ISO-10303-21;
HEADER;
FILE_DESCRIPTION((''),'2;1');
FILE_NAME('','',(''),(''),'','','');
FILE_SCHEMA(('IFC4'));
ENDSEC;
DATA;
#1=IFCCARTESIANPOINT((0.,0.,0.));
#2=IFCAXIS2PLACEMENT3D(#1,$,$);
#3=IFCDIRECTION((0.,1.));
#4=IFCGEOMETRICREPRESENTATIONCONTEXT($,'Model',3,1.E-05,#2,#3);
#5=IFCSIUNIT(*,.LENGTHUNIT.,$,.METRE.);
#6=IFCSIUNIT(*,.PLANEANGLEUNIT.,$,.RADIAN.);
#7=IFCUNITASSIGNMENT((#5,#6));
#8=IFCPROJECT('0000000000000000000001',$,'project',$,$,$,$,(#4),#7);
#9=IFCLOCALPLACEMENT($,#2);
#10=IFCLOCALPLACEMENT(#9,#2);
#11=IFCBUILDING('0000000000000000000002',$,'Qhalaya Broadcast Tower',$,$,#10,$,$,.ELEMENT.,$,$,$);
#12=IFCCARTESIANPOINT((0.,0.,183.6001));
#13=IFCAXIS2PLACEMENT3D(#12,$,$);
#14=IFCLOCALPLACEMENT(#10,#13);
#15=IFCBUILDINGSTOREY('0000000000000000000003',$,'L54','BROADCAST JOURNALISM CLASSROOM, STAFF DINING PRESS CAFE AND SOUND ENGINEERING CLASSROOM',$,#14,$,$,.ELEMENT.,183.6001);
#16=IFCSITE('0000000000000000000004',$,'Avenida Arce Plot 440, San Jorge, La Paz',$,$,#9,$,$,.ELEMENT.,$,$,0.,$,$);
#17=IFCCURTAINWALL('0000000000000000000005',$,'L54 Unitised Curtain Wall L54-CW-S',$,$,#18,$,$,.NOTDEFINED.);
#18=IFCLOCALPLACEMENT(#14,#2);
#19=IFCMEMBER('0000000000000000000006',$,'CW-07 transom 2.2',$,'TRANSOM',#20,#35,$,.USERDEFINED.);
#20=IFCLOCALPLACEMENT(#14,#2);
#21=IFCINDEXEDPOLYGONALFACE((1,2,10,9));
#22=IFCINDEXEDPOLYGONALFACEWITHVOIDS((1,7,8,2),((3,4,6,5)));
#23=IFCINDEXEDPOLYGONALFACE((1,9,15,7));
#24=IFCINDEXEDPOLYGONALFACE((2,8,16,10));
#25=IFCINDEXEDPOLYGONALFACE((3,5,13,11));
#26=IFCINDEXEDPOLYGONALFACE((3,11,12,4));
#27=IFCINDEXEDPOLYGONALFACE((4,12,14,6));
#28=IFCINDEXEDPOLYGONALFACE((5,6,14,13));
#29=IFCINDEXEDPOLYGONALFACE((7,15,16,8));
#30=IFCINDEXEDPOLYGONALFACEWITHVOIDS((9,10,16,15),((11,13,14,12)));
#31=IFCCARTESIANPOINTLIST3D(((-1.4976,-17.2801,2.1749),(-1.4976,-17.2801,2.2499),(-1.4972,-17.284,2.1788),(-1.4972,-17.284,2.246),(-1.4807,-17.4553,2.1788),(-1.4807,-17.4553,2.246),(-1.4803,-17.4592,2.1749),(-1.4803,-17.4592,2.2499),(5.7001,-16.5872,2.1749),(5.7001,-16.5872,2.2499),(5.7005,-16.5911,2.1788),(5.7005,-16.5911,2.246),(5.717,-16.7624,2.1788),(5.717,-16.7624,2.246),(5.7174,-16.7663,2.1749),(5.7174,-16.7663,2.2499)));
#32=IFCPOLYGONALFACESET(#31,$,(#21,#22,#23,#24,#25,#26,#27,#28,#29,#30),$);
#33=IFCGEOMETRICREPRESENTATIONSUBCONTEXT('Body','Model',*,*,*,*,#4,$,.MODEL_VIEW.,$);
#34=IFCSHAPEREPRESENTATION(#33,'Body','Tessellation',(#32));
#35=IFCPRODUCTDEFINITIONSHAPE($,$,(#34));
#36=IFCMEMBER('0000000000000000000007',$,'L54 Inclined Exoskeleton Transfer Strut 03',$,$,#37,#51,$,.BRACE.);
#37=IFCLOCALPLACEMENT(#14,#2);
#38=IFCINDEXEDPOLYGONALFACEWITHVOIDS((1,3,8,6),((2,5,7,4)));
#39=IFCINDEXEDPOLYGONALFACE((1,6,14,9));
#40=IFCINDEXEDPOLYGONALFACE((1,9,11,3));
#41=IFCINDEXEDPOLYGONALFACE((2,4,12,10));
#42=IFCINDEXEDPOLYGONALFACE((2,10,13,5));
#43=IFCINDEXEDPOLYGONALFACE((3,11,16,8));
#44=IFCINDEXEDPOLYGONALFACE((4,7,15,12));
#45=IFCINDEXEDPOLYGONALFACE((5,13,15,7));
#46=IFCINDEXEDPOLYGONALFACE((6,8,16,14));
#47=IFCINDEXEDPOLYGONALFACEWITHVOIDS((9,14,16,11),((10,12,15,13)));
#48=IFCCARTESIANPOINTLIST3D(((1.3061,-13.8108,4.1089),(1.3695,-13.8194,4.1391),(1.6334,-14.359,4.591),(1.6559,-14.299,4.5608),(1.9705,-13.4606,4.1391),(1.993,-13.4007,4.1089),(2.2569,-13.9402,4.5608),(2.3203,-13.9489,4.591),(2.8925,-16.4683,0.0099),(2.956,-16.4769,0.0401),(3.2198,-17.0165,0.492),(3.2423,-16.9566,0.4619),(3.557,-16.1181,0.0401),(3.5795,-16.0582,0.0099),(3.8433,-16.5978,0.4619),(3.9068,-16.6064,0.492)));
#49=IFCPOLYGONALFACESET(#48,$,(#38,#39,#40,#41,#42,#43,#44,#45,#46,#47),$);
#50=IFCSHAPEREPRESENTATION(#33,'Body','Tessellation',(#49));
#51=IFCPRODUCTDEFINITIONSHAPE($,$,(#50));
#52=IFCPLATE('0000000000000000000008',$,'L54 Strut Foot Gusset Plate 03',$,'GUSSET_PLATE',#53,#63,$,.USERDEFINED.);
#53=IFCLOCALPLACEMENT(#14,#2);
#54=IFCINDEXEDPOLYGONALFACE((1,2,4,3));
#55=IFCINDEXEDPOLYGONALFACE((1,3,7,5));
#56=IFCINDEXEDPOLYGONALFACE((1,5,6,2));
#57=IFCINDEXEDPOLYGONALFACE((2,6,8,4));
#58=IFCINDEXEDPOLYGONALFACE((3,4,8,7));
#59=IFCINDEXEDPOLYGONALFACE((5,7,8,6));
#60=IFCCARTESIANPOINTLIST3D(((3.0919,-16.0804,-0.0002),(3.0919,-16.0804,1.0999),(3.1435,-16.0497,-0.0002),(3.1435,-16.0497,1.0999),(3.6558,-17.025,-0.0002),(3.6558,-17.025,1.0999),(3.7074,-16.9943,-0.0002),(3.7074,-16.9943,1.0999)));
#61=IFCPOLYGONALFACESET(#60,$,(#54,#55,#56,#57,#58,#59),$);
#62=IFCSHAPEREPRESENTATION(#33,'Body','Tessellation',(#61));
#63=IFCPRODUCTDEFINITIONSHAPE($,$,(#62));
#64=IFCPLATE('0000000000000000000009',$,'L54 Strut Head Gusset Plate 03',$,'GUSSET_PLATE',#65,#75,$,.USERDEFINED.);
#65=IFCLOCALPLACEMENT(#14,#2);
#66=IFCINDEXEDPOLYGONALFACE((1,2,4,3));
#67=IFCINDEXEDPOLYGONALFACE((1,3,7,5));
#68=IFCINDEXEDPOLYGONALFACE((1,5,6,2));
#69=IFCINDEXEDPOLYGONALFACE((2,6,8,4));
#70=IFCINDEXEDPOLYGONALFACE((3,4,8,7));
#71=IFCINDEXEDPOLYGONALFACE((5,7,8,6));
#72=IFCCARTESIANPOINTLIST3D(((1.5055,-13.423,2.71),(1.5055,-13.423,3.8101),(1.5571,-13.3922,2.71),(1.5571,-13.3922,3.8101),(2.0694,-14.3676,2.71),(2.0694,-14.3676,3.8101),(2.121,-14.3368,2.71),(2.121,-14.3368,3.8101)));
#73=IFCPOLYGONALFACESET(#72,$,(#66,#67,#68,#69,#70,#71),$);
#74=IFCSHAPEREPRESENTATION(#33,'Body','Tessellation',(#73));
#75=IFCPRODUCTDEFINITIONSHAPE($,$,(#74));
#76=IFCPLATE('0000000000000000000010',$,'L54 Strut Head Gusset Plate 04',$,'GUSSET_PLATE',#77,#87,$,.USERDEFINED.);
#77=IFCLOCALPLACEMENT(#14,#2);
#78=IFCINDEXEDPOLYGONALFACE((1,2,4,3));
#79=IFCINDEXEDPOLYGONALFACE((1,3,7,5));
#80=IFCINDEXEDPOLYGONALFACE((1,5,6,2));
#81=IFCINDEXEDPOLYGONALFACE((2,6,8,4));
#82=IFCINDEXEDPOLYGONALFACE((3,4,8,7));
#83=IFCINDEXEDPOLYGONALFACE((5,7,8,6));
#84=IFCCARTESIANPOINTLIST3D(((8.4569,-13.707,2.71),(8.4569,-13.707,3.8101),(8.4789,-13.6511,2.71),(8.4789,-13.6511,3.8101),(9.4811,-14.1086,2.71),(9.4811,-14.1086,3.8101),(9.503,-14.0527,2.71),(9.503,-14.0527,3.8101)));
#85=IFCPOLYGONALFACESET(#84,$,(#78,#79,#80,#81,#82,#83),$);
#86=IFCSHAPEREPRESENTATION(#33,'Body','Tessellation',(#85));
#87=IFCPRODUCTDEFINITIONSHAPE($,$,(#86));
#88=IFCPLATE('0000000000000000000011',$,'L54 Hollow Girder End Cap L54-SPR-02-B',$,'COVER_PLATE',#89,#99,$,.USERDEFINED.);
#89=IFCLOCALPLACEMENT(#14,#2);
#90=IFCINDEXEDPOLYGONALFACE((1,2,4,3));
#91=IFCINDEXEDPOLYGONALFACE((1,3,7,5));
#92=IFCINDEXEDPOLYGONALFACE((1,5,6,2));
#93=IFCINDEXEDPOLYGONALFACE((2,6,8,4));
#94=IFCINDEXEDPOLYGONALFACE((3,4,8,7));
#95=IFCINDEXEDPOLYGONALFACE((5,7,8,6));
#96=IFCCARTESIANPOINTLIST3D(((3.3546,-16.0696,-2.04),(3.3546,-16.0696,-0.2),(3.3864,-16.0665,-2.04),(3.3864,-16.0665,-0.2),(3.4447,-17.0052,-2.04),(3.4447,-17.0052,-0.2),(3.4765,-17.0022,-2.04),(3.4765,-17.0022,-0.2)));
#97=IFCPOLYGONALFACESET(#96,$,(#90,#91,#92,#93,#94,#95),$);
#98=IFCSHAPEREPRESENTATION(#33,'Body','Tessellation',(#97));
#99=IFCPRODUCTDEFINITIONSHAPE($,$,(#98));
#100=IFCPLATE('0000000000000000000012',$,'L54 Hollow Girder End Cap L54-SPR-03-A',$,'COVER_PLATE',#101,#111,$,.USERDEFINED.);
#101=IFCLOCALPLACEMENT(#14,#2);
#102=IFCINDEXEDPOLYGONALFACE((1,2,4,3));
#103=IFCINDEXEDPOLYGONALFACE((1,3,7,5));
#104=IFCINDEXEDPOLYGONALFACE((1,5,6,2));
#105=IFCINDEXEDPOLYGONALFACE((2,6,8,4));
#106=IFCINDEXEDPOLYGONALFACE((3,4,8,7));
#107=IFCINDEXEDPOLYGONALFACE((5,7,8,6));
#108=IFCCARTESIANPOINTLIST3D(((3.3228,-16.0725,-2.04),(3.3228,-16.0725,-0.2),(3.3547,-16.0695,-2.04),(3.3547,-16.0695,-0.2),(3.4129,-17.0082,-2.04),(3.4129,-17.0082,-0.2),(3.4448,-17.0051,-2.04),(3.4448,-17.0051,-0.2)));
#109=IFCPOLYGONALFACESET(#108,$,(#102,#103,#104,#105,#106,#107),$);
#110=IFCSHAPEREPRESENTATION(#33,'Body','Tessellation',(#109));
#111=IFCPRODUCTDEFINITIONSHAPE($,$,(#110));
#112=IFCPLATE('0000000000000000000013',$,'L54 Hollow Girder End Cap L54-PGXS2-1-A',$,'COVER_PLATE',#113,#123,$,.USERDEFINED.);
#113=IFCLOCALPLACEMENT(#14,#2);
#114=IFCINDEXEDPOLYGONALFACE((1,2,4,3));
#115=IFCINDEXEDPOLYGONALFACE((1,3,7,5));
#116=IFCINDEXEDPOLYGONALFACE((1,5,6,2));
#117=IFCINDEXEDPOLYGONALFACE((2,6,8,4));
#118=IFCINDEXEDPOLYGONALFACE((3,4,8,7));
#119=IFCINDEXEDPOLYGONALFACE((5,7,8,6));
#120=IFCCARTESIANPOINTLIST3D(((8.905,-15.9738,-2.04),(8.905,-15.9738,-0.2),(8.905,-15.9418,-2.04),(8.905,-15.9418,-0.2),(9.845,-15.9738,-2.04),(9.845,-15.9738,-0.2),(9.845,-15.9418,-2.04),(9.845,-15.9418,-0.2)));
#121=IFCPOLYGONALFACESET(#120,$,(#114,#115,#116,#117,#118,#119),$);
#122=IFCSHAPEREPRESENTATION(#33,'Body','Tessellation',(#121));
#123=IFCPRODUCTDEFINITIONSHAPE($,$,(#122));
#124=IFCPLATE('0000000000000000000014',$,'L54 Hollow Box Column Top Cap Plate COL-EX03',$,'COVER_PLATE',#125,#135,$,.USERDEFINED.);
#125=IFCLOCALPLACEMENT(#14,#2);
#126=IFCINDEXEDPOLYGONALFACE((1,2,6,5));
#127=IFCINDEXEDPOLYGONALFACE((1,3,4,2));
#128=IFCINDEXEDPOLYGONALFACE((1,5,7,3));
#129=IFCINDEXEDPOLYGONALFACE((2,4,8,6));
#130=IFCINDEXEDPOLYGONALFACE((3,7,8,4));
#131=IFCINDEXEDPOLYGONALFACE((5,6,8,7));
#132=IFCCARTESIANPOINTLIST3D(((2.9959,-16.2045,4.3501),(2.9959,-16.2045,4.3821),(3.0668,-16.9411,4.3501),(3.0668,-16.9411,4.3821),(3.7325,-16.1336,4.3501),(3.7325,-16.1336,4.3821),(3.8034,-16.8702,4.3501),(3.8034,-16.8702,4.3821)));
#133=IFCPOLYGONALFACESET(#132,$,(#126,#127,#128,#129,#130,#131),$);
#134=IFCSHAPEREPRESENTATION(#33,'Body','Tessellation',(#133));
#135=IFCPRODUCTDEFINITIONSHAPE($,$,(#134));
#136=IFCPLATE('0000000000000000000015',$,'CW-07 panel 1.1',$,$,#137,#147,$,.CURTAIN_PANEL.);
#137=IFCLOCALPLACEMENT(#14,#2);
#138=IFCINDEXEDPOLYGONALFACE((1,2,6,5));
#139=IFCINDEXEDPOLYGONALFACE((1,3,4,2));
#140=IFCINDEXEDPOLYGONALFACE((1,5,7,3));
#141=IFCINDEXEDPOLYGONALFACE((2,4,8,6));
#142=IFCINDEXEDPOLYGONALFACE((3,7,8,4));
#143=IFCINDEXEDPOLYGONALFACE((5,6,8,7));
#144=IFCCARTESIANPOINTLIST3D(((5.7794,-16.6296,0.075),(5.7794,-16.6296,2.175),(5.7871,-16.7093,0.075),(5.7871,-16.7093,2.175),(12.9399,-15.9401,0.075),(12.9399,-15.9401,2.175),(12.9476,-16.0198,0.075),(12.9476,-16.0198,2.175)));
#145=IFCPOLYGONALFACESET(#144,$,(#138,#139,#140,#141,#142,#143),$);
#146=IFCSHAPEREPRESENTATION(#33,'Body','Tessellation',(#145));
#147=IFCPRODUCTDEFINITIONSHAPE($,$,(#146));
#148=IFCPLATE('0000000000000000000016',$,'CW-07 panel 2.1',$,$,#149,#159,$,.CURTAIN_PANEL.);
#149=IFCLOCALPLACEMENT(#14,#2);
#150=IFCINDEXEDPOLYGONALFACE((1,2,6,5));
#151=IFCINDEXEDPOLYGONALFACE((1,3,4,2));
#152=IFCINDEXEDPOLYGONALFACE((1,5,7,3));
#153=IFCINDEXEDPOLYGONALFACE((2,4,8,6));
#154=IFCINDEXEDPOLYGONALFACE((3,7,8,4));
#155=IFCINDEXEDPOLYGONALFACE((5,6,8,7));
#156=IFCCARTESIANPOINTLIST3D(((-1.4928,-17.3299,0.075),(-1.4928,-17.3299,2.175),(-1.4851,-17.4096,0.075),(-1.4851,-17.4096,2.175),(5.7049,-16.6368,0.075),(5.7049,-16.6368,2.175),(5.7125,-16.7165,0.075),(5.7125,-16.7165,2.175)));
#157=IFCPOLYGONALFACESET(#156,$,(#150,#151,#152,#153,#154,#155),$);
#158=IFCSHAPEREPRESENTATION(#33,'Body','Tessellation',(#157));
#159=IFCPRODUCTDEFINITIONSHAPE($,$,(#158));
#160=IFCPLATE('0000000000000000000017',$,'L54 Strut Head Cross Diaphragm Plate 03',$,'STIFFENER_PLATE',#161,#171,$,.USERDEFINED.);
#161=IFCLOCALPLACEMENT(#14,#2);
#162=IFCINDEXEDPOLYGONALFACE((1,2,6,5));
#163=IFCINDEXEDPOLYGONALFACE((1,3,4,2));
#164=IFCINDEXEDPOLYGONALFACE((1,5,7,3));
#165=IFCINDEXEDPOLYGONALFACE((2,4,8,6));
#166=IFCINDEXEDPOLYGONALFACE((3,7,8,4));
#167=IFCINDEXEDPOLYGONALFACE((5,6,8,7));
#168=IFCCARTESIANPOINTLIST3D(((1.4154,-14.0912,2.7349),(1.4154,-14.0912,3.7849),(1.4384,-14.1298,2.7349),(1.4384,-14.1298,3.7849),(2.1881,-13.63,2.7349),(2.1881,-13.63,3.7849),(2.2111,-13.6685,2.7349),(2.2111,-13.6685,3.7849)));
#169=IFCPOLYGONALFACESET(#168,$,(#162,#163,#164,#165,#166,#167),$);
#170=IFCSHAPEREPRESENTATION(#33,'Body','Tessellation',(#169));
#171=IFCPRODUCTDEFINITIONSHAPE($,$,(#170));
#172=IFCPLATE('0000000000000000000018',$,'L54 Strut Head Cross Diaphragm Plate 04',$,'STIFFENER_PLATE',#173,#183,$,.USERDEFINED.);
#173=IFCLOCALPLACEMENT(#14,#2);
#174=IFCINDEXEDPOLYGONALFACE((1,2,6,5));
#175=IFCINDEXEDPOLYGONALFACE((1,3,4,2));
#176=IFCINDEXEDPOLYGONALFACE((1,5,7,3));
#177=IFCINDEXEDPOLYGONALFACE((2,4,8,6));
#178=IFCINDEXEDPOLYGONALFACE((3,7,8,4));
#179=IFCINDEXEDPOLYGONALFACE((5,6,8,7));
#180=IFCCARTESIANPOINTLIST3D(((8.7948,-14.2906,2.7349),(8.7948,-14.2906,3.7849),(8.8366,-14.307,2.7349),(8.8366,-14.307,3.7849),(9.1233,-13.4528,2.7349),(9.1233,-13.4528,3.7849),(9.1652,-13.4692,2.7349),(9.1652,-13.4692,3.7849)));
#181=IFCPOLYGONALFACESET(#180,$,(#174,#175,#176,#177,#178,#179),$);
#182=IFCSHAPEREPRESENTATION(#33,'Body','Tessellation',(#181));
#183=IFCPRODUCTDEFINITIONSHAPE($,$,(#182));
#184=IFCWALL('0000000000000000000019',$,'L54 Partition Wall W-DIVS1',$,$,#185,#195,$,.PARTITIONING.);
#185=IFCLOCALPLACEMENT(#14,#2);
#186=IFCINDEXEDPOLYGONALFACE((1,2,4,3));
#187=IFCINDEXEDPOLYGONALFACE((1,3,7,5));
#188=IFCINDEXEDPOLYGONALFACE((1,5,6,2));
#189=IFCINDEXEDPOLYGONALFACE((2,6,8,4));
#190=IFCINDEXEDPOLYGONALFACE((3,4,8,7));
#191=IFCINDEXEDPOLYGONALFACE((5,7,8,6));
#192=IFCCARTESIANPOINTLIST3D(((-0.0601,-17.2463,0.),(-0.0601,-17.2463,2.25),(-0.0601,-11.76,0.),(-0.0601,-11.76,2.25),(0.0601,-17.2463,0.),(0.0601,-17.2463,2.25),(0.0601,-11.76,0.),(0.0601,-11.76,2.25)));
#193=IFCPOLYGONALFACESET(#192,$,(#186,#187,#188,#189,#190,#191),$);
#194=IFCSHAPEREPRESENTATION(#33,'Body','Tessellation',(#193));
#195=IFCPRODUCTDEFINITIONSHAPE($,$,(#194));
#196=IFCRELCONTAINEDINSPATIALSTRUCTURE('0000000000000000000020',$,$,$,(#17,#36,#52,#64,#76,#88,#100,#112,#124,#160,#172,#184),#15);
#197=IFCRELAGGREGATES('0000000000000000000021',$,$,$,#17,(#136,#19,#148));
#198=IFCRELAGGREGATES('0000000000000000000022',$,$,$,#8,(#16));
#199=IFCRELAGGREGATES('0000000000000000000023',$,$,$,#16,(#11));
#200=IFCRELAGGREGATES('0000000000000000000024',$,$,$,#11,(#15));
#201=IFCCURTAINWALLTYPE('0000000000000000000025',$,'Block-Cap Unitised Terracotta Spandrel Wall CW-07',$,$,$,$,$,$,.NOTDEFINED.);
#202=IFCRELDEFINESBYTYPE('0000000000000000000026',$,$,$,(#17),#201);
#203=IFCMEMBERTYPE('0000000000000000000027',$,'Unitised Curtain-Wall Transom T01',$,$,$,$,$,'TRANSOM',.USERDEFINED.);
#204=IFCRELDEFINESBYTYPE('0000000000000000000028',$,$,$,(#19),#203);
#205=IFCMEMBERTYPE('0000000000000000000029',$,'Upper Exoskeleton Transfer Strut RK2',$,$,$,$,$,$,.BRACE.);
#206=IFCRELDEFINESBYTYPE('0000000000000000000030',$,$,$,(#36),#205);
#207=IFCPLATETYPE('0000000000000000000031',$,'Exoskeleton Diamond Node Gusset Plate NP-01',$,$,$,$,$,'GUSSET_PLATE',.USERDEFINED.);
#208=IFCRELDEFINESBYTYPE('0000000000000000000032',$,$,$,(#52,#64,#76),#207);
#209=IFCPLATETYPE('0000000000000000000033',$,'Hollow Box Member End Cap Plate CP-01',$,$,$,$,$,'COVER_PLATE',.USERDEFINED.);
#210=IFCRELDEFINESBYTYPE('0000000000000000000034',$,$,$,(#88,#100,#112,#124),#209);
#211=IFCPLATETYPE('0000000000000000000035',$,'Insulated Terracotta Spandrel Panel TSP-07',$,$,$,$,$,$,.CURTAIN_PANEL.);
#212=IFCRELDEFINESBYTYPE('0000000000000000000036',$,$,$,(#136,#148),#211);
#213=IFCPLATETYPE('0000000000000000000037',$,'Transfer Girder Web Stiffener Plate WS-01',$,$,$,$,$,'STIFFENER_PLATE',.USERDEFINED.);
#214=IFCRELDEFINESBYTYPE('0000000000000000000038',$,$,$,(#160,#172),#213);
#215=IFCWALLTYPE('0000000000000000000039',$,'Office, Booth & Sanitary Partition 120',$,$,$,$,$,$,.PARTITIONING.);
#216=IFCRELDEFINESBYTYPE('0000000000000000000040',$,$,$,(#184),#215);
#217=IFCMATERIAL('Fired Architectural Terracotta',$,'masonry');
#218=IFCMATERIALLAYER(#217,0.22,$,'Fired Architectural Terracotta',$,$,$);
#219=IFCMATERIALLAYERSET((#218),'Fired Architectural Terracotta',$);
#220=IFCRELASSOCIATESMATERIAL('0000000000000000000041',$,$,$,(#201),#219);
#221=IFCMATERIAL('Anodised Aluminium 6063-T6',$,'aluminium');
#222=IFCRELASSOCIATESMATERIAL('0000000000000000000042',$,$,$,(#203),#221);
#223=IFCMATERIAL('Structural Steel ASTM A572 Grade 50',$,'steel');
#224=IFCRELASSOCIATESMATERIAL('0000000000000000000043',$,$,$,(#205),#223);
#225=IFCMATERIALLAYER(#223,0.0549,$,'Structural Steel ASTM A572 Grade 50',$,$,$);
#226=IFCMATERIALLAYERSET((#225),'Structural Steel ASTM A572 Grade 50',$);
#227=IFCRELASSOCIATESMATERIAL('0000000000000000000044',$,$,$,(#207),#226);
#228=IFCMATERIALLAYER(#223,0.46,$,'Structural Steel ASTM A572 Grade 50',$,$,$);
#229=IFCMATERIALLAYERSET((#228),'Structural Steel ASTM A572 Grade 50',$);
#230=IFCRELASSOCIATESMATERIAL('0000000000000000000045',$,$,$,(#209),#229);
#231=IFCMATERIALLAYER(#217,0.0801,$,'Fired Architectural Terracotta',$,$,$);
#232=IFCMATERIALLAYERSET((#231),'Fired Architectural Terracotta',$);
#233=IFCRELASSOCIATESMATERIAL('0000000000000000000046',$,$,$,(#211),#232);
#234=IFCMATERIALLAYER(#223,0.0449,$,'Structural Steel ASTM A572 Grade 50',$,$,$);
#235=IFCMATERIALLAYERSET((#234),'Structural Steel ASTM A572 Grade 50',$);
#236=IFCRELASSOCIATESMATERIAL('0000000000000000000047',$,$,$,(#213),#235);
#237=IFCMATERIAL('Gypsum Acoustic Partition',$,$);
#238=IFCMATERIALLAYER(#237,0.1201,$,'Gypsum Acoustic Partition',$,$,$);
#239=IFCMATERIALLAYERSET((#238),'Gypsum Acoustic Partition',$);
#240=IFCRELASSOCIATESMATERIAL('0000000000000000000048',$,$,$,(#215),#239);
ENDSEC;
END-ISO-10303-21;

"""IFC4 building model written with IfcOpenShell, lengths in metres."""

from ifc_helpers import new_model, si_unit, direction, frame, frame_2d, origin, origin_2d, place, context, subcontext, project, spatial, rectangle, hollow_rectangle, extrude, material, layer, layer_set, material_profile, profile_set, type_object, element, aggregate, save


model = new_model("IFC4")

# Units and contexts
model_context = context("Model", 3, precision=1e-05, world=origin(), true_north=direction((0.0, 1.0)))
body_context = subcontext(model_context, "Body", "Model", "MODEL_VIEW")
ifc_project = project(units=[si_unit("LENGTHUNIT", "METRE"), si_unit("PLANEANGLEUNIT", "RADIAN")], contexts=[model_context])

# Site, building, storey
site_placement = place(None, origin())
site = spatial("IfcSite", under=ifc_project, at=site_placement, Name="Avenida Arce Plot 440, San Jorge, La Paz", CompositionType="ELEMENT", RefElevation=0.0)
building_placement = place(site_placement, origin())
building = spatial("IfcBuilding", under=site, at=building_placement, Name="Qhalaya Broadcast Tower", CompositionType="ELEMENT")
storey_placement = place(building_placement, frame((0.0, 0.0, 183.6001)))
storey = spatial("IfcBuildingStorey", under=building, at=storey_placement, Name="L54", Description="BROADCAST JOURNALISM CLASSROOM, STAFF DINING PRESS CAFE AND SOUND ENGINEERING CLASSROOM", CompositionType="ELEMENT", Elevation=183.6001)

# Shared definitions
ifc_material_1 = material(Name="Structural Steel ASTM A572 Grade 50", Category="steel")

# Curtain wall, member
ifc_material_2 = material(Name="Fired Architectural Terracotta", Category="masonry")
ifc_layer_1 = layer(ifc_material_2, 0.22, Name="Fired Architectural Terracotta")
ifc_layer_set_1 = layer_set([ifc_layer_1], Name="Fired Architectural Terracotta")
curtain_wall_type = type_object("IfcCurtainWallType", Name="Block-Cap Unitised Terracotta Spandrel Wall CW-07", PredefinedType="NOTDEFINED", material=ifc_layer_set_1)
curtain_wall_placement = place(storey_placement, origin())
curtain_wall = element("IfcCurtainWall", 1, at=curtain_wall_placement, inside=storey, type_object=curtain_wall_type, Name="L54 Unitised Curtain Wall L54-CW-S", PredefinedType="NOTDEFINED")
ifc_material_3 = material(Name="Anodised Aluminium 6063-T6", Category="aluminium")
ifc_material_profile_1 = material_profile(ifc_material_3, hollow_rectangle(XDim=0.075, YDim=0.1799, WallThickness=0.0039, at=origin_2d()), Name="ALU-TRN 75x180x4")
ifc_profile_set_1 = profile_set([ifc_material_profile_1], Name="Anodised Aluminium 6063-T6")
member_type_1 = type_object("IfcMemberType", Name="Unitised Curtain-Wall Transom T01", ElementType="TRANSOM", PredefinedType="USERDEFINED", material=ifc_profile_set_1)
member_1_placement = place(storey_placement, frame((5.7087, -16.6768, 2.2124), z_axis=(-0.995399, -0.095819, 0.0), x_axis=(0.0, 0.0, 1.0)))
member_1 = element("IfcMember", 2, at=member_1_placement, type_object=member_type_1, Name="CW-07 transom 2.2", ObjectType="TRANSOM", PredefinedType="USERDEFINED", context=body_context, shape_type="SweptSolid", body=[
    extrude(hollow_rectangle(XDim=0.075, YDim=0.1799, WallThickness=0.0039, at=origin_2d()), origin(), (0.0, 0.0, 1.0), 7.231),
])

# Member
ifc_material_profile_2 = material_profile(ifc_material_1, hollow_rectangle(XDim=0.8, YDim=0.8, WallThickness=0.05, at=origin_2d()), Name="BOX 800x800x50")
ifc_profile_set_2 = profile_set([ifc_material_profile_2], Name="Structural Steel ASTM A572 Grade 50")
member_type_2 = type_object("IfcMemberType", Name="Upper Exoskeleton Transfer Strut RK2", PredefinedType="BRACE", material=ifc_profile_set_2)
member_2_placement = place(storey_placement, frame((3.3997, -16.5374, 0.251), z_axis=(-0.308877, 0.517409, 0.79805), x_axis=(-0.858639, -0.51258, 0.0)))
element("IfcMember", 3, at=member_2_placement, inside=storey, type_object=member_type_2, Name="L54 Inclined Exoskeleton Transfer Strut 03", PredefinedType="BRACE", context=body_context, shape_type="SweptSolid", body=[
    extrude(hollow_rectangle(XDim=0.8, YDim=0.8, WallThickness=0.05, at=origin_2d()), origin(), (0.0, 0.0, 1.0), 5.1362),
])

# Plates
ifc_layer_2 = layer(ifc_material_1, 0.0549, Name="Structural Steel ASTM A572 Grade 50")
ifc_layer_set_2 = layer_set([ifc_layer_2], Name="Structural Steel ASTM A572 Grade 50")
plate_type_1 = type_object("IfcPlateType", Name="Exoskeleton Diamond Node Gusset Plate NP-01", ElementType="GUSSET_PLATE", PredefinedType="USERDEFINED", material=ifc_layer_set_2)
for number, where, z_axis, x_axis, name in (
    (4, (3.3997, -16.5374, -0.0002), (0.0, 0.0, 1.0), (-0.512567, 0.858647, 0.0), "L54 Strut Foot Gusset Plate 03"),
    (5, (1.8132, -13.8799, 2.71), (0.0, 0.0, 1.0), (-0.512567, 0.858647, 0.0), "L54 Strut Head Gusset Plate 03"),
    (6, (8.98, -13.8799, 2.71), (0.0, 0.0, 1.0), (-0.930979, 0.365072, 0.0), "L54 Strut Head Gusset Plate 04"),
):
    element("IfcPlate", number, at=place(storey_placement, frame(where, z_axis=z_axis, x_axis=x_axis)), inside=storey, type_object=plate_type_1, Name=name, ObjectType="GUSSET_PLATE", PredefinedType="USERDEFINED", context=body_context, shape_type="SweptSolid", body=[
        extrude(rectangle(XDim=1.1001, YDim=0.0601, at=origin_2d()), origin(), (0.0, 0.0, 1.0), 1.1001),
    ])
ifc_layer_3 = layer(ifc_material_1, 0.46, Name="Structural Steel ASTM A572 Grade 50")
ifc_layer_set_3 = layer_set([ifc_layer_3], Name="Structural Steel ASTM A572 Grade 50")
plate_type_2 = type_object("IfcPlateType", Name="Hollow Box Member End Cap Plate CP-01", ElementType="COVER_PLATE", PredefinedType="USERDEFINED", material=ifc_layer_set_3)
for number, where, z_axis, x_axis, name in (
    (7, (3.4155, -16.5359, -2.04), (0.0, 0.0, 1.0), (-0.095846, 0.995396, 0.0), "L54 Hollow Girder End Cap L54-SPR-02-B"),
    (8, (3.3838, -16.5388, -2.04), (0.0, 0.0, 1.0), (-0.095846, 0.995396, 0.0), "L54 Hollow Girder End Cap L54-SPR-03-A"),
    (9, (9.375, -15.9578, -2.04), (0.0, 0.0, 1.0), (-1.0, 0.0, 0.0), "L54 Hollow Girder End Cap L54-PGXS2-1-A"),
):
    element("IfcPlate", number, at=place(storey_placement, frame(where, z_axis=z_axis, x_axis=x_axis)), inside=storey, type_object=plate_type_2, Name=name, ObjectType="COVER_PLATE", PredefinedType="USERDEFINED", context=body_context, shape_type="SweptSolid", body=[
        extrude(rectangle(XDim=0.9399, YDim=0.032, at=origin_2d()), origin(), (0.0, 0.0, 1.0), 1.8401),
    ])
plate_1_placement = place(storey_placement, frame((3.3997, -16.5374, 4.3501), z_axis=(0.0, 0.0, 1.0), x_axis=(0.995396, 0.095846, 0.0)))
element("IfcPlate", 10, at=plate_1_placement, inside=storey, type_object=plate_type_2, Name="L54 Hollow Box Column Top Cap Plate COL-EX03", ObjectType="COVER_PLATE", PredefinedType="USERDEFINED", context=body_context, shape_type="SweptSolid", body=[
    extrude(rectangle(XDim=0.74, YDim=0.74, at=origin_2d()), origin(), (0.0, 0.0, 1.0), 0.032),
])

# Plates
ifc_layer_4 = layer(ifc_material_2, 0.0801, Name="Fired Architectural Terracotta")
ifc_layer_set_4 = layer_set([ifc_layer_4], Name="Fired Architectural Terracotta")
plate_type_3 = type_object("IfcPlateType", Name="Insulated Terracotta Spandrel Panel TSP-07", PredefinedType="CURTAIN_PANEL", material=ifc_layer_set_4)
plate_2_placement = place(storey_placement, frame((9.3635, -16.3247, 0.075), z_axis=(0.0, 0.0, 1.0), x_axis=(-0.995396, -0.095846, 0.0)))
plate_2 = element("IfcPlate", 11, at=plate_2_placement, type_object=plate_type_3, Name="CW-07 panel 1.1", PredefinedType="CURTAIN_PANEL", context=body_context, shape_type="SweptSolid", body=[
    extrude(rectangle(XDim=7.1936, YDim=0.0801, at=origin_2d()), origin(), (0.0, 0.0, 1.0), 2.1001),
])
plate_3_placement = place(storey_placement, frame((2.1099, -17.0232, 0.075), z_axis=(0.0, 0.0, 1.0), x_axis=(-0.995396, -0.095846, 0.0)))
plate_3 = element("IfcPlate", 12, at=plate_3_placement, type_object=plate_type_3, Name="CW-07 panel 2.1", PredefinedType="CURTAIN_PANEL", context=body_context, shape_type="SweptSolid", body=[
    extrude(rectangle(XDim=7.231, YDim=0.0801, at=origin_2d()), origin(), (0.0, 0.0, 1.0), 2.1001),
])
aggregate(curtain_wall, [plate_2, member_1, plate_3])

# Plates
ifc_layer_5 = layer(ifc_material_1, 0.0449, Name="Structural Steel ASTM A572 Grade 50")
ifc_layer_set_5 = layer_set([ifc_layer_5], Name="Structural Steel ASTM A572 Grade 50")
plate_type_4 = type_object("IfcPlateType", Name="Transfer Girder Web Stiffener Plate WS-01", ElementType="STIFFENER_PLATE", PredefinedType="USERDEFINED", material=ifc_layer_set_5)
for number, where, z_axis, x_axis, name in (
    (13, (1.8132, -13.8799, 2.7349), (0.0, 0.0, 1.0), (-0.858647, -0.512567, 0.0), "L54 Strut Head Cross Diaphragm Plate 03"),
    (14, (8.98, -13.8799, 2.7349), (0.0, 0.0, 1.0), (-0.365072, -0.930979, 0.0), "L54 Strut Head Cross Diaphragm Plate 04"),
):
    element("IfcPlate", number, at=place(storey_placement, frame(where, z_axis=z_axis, x_axis=x_axis)), inside=storey, type_object=plate_type_4, Name=name, ObjectType="STIFFENER_PLATE", PredefinedType="USERDEFINED", context=body_context, shape_type="SweptSolid", body=[
        extrude(rectangle(XDim=0.8999, YDim=0.0449, at=origin_2d()), origin(), (0.0, 0.0, 1.0), 1.05),
    ])

# Wall
ifc_material_4 = material(Name="Gypsum Acoustic Partition")
ifc_layer_6 = layer(ifc_material_4, 0.1201, Name="Gypsum Acoustic Partition")
ifc_layer_set_6 = layer_set([ifc_layer_6], Name="Gypsum Acoustic Partition")
wall_type = type_object("IfcWallType", Name="Office, Booth & Sanitary Partition 120", PredefinedType="PARTITIONING", material=ifc_layer_set_6)
wall_placement = place(storey_placement, frame((0.0, -17.2463, 0.0), z_axis=(0.0, 0.0, 1.0), x_axis=(0.0, 1.0, 0.0)))
element("IfcWall", 15, at=wall_placement, inside=storey, type_object=wall_type, Name="L54 Partition Wall W-DIVS1", PredefinedType="PARTITIONING", context=body_context, shape_type="SweptSolid", body=[
    extrude(rectangle(XDim=5.4863, YDim=0.1201, at=frame_2d((2.7432, 0.0))), origin(), (0.0, 0.0, 1.0), 2.25),
])

save(model, "model.ifc")
